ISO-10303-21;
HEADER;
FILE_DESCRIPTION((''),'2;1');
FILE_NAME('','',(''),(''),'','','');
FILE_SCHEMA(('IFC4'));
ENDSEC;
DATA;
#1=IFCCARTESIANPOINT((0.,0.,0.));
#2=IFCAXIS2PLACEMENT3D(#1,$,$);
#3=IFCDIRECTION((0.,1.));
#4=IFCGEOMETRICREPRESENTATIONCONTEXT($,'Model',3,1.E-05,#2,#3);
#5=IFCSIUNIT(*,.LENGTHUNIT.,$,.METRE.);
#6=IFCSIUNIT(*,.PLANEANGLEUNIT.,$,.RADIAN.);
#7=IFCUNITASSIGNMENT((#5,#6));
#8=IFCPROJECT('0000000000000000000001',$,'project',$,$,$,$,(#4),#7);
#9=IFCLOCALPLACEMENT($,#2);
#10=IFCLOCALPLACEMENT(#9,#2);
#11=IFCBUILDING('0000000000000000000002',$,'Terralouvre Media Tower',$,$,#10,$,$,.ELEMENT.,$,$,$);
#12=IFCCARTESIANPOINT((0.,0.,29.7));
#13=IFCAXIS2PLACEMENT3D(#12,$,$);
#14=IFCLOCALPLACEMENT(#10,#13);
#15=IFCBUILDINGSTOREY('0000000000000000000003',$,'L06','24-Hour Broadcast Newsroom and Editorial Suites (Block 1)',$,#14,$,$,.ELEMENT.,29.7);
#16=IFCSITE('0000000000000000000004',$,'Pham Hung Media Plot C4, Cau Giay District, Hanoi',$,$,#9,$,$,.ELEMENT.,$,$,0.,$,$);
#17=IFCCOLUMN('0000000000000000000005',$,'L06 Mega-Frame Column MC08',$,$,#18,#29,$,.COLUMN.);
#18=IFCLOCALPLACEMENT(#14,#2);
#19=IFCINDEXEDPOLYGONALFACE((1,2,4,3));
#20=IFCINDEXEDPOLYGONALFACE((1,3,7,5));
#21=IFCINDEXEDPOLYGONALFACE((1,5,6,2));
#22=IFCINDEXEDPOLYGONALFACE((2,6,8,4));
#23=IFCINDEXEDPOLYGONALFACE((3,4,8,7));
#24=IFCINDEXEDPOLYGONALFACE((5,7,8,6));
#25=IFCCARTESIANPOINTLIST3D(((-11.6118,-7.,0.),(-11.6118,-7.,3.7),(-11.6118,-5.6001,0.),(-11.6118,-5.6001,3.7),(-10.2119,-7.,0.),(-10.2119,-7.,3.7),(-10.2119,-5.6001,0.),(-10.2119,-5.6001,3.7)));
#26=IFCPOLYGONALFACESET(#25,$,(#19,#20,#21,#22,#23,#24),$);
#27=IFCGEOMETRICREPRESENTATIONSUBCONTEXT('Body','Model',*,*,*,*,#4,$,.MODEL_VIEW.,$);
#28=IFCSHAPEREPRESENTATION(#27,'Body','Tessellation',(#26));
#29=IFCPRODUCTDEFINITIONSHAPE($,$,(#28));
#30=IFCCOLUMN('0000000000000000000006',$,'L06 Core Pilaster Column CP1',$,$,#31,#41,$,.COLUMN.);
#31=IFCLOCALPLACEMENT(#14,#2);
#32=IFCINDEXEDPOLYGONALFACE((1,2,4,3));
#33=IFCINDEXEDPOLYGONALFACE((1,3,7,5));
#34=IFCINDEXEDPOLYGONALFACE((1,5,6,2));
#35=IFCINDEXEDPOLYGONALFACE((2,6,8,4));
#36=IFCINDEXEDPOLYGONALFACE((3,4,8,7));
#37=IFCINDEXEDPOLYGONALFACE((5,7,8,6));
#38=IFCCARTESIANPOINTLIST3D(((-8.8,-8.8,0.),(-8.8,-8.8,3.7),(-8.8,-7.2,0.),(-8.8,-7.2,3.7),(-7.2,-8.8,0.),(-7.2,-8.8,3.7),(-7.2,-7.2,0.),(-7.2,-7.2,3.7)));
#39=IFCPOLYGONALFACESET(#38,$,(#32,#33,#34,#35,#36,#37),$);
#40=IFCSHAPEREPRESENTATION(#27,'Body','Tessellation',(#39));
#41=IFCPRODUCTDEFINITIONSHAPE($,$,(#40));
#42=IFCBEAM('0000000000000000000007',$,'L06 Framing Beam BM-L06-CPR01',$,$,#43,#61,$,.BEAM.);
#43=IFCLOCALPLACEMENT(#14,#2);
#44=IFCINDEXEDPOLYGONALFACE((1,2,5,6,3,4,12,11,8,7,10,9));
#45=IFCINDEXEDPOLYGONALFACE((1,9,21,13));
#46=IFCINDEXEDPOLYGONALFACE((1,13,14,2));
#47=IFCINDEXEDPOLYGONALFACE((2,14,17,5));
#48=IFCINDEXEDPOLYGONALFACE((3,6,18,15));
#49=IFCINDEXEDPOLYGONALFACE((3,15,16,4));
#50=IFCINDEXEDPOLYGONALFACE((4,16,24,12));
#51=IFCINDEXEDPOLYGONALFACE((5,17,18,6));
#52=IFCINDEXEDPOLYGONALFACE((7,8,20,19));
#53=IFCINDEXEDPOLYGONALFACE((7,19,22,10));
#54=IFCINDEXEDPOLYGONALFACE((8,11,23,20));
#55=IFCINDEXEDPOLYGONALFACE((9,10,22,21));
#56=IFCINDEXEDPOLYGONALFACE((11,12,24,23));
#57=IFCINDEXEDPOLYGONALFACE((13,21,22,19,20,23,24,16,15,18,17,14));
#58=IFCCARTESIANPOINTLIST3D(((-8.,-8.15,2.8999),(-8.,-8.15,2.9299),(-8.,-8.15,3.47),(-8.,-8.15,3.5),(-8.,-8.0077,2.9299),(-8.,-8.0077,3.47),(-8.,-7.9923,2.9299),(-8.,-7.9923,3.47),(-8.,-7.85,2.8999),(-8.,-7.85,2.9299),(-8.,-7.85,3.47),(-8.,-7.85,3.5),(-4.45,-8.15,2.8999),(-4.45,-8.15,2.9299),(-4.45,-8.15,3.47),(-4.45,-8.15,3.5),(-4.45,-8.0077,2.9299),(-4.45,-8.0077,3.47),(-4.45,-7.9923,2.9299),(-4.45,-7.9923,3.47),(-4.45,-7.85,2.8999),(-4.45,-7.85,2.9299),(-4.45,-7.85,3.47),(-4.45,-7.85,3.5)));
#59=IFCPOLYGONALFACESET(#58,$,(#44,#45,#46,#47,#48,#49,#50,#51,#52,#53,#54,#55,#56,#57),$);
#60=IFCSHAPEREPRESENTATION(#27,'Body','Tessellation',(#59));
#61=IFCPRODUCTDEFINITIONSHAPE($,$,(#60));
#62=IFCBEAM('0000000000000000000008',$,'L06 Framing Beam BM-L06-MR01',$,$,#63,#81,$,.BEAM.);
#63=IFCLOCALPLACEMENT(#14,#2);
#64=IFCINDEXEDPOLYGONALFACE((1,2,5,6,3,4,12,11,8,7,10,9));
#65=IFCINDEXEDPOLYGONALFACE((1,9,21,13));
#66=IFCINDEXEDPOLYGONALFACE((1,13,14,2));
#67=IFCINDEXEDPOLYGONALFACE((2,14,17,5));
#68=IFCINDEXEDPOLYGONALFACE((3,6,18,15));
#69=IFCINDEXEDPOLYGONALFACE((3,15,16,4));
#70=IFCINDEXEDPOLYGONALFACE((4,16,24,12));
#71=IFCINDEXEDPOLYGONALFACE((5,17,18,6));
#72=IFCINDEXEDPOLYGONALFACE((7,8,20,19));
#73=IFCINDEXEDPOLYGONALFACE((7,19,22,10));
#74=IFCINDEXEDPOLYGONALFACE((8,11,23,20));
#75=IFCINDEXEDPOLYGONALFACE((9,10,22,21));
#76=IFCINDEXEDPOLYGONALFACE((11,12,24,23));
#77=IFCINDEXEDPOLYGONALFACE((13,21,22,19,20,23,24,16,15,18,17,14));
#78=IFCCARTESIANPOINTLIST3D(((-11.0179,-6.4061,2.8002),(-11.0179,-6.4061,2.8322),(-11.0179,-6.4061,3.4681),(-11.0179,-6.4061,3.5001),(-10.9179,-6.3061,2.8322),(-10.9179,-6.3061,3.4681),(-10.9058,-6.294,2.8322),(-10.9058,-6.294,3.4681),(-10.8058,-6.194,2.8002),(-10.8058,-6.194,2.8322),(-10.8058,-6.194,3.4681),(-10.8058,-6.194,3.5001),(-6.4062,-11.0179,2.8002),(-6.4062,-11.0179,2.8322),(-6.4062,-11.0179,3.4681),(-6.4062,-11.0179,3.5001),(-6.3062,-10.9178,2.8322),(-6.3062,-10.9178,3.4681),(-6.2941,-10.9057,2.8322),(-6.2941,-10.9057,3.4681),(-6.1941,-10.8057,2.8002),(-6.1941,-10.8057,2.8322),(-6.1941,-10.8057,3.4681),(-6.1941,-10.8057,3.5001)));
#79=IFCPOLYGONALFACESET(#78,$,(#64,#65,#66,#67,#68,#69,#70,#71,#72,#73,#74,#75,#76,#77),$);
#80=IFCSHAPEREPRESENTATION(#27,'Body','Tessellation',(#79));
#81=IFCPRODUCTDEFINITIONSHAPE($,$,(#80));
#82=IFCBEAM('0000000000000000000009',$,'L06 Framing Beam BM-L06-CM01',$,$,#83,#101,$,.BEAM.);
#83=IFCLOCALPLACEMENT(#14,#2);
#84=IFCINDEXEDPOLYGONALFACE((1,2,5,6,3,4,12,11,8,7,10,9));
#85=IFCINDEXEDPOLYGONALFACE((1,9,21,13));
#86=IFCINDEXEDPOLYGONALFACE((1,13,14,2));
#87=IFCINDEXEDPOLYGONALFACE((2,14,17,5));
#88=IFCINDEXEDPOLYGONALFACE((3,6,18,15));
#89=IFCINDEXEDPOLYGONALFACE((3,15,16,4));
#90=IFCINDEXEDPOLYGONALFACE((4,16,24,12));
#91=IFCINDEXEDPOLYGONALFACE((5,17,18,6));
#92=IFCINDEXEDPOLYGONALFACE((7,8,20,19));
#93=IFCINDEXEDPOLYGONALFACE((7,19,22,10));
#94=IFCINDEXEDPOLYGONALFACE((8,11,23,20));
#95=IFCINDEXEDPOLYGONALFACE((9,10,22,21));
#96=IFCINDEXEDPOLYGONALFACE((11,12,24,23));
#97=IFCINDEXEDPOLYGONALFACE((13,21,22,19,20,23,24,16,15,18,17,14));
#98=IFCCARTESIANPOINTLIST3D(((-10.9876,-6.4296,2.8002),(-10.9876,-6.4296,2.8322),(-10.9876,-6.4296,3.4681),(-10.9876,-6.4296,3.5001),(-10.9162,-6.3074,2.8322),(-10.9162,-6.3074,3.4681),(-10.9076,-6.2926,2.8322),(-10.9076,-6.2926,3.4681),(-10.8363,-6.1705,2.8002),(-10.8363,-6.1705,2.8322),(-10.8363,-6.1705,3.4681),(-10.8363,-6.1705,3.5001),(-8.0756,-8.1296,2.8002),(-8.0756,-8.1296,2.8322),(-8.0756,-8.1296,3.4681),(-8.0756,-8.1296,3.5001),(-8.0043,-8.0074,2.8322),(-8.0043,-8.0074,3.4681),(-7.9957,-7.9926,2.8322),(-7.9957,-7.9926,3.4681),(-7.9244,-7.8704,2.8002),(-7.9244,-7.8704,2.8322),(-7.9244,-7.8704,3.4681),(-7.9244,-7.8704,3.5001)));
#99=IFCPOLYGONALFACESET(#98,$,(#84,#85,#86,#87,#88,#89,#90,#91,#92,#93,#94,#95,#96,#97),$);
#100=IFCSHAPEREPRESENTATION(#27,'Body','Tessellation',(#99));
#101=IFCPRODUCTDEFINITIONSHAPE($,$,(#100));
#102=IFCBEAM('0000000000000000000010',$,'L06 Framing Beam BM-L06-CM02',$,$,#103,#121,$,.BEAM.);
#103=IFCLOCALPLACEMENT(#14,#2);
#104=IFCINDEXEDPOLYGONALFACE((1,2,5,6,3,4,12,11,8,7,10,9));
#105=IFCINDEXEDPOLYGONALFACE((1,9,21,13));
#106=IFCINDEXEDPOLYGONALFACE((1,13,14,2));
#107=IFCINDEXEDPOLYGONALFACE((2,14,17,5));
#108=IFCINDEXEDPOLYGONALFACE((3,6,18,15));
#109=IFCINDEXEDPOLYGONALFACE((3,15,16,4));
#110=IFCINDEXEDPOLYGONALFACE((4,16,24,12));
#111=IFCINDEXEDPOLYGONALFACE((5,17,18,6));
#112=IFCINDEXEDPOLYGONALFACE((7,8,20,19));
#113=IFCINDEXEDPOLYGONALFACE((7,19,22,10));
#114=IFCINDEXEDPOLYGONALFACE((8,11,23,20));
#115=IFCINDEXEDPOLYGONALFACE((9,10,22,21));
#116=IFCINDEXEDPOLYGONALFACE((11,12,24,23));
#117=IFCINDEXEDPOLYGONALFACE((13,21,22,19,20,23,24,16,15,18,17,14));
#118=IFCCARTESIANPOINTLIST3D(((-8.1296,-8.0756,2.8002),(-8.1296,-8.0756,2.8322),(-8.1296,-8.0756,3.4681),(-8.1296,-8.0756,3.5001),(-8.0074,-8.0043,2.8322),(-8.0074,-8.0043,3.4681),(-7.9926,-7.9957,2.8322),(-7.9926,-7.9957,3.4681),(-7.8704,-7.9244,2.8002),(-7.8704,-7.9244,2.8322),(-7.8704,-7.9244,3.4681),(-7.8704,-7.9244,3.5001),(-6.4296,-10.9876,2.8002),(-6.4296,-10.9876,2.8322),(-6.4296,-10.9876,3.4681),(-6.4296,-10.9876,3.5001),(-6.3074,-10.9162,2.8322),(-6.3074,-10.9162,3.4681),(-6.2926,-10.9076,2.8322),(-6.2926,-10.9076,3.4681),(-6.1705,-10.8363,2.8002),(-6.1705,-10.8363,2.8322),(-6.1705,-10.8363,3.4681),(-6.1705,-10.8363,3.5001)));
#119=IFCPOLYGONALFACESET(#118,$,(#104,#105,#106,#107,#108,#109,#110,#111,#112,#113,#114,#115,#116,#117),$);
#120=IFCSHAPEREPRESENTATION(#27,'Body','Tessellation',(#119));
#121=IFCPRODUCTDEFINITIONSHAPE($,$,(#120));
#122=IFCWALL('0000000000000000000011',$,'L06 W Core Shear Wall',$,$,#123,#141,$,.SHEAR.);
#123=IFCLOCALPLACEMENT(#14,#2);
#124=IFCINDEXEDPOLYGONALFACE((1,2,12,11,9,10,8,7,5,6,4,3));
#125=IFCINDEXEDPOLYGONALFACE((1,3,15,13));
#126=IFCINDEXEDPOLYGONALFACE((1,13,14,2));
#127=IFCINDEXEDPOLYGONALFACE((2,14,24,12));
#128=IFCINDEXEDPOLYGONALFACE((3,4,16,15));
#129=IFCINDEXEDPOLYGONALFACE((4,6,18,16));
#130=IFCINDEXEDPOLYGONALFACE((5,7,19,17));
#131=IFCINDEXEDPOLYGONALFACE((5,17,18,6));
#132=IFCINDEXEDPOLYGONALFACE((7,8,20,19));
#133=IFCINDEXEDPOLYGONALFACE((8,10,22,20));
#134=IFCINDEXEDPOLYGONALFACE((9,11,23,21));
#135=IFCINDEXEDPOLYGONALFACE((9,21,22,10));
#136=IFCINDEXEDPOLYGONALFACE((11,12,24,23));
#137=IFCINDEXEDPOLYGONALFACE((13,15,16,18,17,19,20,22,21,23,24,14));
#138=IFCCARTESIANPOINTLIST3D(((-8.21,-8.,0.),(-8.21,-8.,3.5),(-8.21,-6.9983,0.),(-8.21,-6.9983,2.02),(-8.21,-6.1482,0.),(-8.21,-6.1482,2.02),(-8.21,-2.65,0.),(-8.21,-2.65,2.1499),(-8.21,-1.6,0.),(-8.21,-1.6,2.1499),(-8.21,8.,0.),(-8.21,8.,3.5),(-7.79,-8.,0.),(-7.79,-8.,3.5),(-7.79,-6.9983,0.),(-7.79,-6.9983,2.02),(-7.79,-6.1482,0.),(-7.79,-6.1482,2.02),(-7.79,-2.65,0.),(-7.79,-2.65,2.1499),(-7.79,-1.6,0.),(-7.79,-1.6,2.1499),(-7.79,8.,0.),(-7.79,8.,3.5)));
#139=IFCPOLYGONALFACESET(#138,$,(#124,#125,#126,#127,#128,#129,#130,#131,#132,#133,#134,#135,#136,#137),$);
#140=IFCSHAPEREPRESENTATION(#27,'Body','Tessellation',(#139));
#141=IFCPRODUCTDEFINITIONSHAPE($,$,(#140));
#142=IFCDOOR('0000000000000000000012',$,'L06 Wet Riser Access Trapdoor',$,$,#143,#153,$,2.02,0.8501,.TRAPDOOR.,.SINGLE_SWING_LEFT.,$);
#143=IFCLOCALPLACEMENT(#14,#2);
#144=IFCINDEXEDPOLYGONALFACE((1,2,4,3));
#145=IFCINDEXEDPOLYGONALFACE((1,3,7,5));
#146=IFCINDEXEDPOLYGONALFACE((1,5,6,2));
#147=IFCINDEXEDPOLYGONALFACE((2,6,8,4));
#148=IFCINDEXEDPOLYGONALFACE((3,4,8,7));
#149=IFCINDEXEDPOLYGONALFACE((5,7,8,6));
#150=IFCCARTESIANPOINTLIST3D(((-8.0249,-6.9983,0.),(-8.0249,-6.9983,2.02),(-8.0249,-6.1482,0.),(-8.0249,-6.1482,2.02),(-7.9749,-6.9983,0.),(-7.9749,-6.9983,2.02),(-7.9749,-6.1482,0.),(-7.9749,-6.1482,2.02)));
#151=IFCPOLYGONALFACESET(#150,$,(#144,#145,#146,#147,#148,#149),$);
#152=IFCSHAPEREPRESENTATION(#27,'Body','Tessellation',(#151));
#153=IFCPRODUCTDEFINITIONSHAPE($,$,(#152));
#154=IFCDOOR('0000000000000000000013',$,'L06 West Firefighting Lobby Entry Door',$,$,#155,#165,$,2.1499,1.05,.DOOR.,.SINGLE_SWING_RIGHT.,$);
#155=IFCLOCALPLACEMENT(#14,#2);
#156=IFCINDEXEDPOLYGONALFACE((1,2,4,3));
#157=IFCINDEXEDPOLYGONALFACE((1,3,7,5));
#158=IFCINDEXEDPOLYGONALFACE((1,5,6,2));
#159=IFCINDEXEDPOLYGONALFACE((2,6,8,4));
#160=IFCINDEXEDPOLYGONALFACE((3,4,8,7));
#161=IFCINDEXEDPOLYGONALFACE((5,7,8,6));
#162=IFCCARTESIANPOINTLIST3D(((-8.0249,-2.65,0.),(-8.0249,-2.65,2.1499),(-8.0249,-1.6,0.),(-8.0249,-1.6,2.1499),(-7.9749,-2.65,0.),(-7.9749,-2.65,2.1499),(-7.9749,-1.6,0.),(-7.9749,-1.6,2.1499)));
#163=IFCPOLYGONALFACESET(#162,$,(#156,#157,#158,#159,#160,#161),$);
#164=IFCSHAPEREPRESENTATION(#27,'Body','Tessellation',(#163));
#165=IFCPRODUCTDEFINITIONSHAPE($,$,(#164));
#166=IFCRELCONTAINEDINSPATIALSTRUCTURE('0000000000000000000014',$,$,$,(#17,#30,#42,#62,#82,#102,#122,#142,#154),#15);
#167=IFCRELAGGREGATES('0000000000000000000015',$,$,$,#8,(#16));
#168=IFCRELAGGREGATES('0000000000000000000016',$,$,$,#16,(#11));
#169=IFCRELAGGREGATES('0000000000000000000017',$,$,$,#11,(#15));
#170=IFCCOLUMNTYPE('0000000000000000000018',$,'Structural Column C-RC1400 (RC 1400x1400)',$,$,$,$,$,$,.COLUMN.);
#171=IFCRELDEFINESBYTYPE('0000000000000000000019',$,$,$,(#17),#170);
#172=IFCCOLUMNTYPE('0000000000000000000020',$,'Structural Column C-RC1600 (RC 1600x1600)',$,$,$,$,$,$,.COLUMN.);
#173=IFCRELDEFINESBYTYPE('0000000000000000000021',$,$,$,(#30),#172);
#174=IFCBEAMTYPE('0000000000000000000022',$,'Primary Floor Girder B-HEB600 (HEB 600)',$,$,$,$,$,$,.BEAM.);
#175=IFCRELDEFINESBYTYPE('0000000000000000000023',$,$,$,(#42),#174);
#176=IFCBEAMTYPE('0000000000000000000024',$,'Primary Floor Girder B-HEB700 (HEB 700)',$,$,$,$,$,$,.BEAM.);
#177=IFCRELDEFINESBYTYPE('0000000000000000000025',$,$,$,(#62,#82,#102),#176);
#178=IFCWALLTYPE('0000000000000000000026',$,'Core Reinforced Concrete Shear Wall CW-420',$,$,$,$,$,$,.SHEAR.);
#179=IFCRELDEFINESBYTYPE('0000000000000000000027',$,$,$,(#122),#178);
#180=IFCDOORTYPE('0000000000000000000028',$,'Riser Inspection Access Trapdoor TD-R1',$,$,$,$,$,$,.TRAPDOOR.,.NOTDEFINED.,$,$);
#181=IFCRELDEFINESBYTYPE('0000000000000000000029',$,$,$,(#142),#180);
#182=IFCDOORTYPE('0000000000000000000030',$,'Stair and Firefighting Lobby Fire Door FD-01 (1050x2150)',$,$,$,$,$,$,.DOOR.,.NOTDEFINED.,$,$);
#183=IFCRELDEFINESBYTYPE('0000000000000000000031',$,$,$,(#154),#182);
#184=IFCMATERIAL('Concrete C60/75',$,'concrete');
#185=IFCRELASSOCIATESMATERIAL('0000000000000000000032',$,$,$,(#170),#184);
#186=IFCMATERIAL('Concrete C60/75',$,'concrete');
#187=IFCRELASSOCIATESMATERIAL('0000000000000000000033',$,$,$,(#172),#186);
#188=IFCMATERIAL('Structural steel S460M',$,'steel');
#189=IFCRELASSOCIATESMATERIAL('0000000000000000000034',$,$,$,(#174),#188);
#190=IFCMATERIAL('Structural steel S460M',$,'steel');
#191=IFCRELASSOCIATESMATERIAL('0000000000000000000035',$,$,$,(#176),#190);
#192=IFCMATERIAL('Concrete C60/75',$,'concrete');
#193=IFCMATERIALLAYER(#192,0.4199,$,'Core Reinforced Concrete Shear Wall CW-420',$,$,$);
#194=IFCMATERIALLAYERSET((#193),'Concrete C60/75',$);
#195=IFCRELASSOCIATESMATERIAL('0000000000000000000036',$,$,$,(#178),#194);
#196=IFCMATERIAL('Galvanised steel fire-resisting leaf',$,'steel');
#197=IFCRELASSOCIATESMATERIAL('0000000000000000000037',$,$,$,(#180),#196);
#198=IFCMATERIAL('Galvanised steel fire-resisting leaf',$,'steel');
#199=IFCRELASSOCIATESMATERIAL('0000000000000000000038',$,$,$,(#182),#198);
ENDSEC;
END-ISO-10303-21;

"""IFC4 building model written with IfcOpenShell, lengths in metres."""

from ifc_helpers import new_model, si_unit, direction, frame, frame_2d, origin, origin_2d, place, context, subcontext, project, spatial, rectangle, i_section, extrude, material, layer, layer_set, material_profile, profile_set, type_object, element, fill, save


model = new_model("IFC4")

# Units and contexts
model_context = context("Model", 3, precision=1e-05, world=origin(), true_north=direction((0.0, 1.0)))
body_context = subcontext(model_context, "Body", "Model", "MODEL_VIEW")
ifc_project = project(units=[si_unit("LENGTHUNIT", "METRE"), si_unit("PLANEANGLEUNIT", "RADIAN")], contexts=[model_context])

# Site, building, storey
site_placement = place(None, origin())
site = spatial("IfcSite", under=ifc_project, at=site_placement, Name="Pham Hung Media Plot C4, Cau Giay District, Hanoi", CompositionType="ELEMENT", RefElevation=0.0)
building_placement = place(site_placement, origin())
building = spatial("IfcBuilding", under=site, at=building_placement, Name="Terralouvre Media Tower", CompositionType="ELEMENT")
storey_placement = place(building_placement, frame((0.0, 0.0, 29.7)))
storey = spatial("IfcBuildingStorey", under=building, at=storey_placement, Name="L06", Description="24-Hour Broadcast Newsroom and Editorial Suites (Block 1)", CompositionType="ELEMENT", Elevation=29.7)

# Columns
ifc_material_1 = material(Name="Concrete C60/75", Category="concrete")
ifc_material_profile_1 = material_profile(ifc_material_1, rectangle(XDim=1.3999, YDim=1.3999, at=origin_2d()), Name="RC 1400x1400")
ifc_profile_set_1 = profile_set([ifc_material_profile_1], Name="Concrete C60/75")
column_type_1 = type_object("IfcColumnType", Name="Structural Column C-RC1400 (RC 1400x1400)", PredefinedType="COLUMN", material=ifc_profile_set_1)
column_1_placement = place(storey_placement, frame((-10.9119, -6.3, 0.0), z_axis=(0.0, 0.0, 1.0), x_axis=(1.0, 0.0, 0.0)))
element("IfcColumn", 1, at=column_1_placement, inside=storey, type_object=column_type_1, Name="L06 Mega-Frame Column MC08", PredefinedType="COLUMN", context=body_context, shape_type="SweptSolid", body=[
    extrude(rectangle(XDim=1.3999, YDim=1.3999, at=origin_2d()), origin(), (0.0, 0.0, 1.0), 3.7),
])
ifc_material_2 = material(Name="Concrete C60/75", Category="concrete")
ifc_material_profile_2 = material_profile(ifc_material_2, rectangle(XDim=1.6001, YDim=1.6001, at=origin_2d()), Name="RC 1600x1600")
ifc_profile_set_2 = profile_set([ifc_material_profile_2], Name="Concrete C60/75")
column_type_2 = type_object("IfcColumnType", Name="Structural Column C-RC1600 (RC 1600x1600)", PredefinedType="COLUMN", material=ifc_profile_set_2)
column_2_placement = place(storey_placement, frame((-8.0, -8.0, 0.0), z_axis=(0.0, 0.0, 1.0), x_axis=(1.0, 0.0, 0.0)))
element("IfcColumn", 2, at=column_2_placement, inside=storey, type_object=column_type_2, Name="L06 Core Pilaster Column CP1", PredefinedType="COLUMN", context=body_context, shape_type="SweptSolid", body=[
    extrude(rectangle(XDim=1.6001, YDim=1.6001, at=origin_2d()), origin(), (0.0, 0.0, 1.0), 3.7),
])

# Beams
ifc_material_3 = material(Name="Structural steel S460M", Category="steel")
ifc_material_profile_3 = material_profile(ifc_material_3, i_section(OverallWidth=0.3, OverallDepth=0.6001, WebThickness=0.0154, FlangeThickness=0.03, at=origin_2d()), Name="HEB 600")
ifc_profile_set_3 = profile_set([ifc_material_profile_3], Name="Structural steel S460M")
beam_type_1 = type_object("IfcBeamType", Name="Primary Floor Girder B-HEB600 (HEB 600)", PredefinedType="BEAM", material=ifc_profile_set_3)
beam_1_placement = place(storey_placement, frame((-8.0, -8.0, 3.2), z_axis=(1.0, 0.0, 0.0), x_axis=(0.0, 1.0, 0.0)))
element("IfcBeam", 3, at=beam_1_placement, inside=storey, type_object=beam_type_1, Name="L06 Framing Beam BM-L06-CPR01", PredefinedType="BEAM", context=body_context, shape_type="SweptSolid", body=[
    extrude(i_section(OverallWidth=0.3, OverallDepth=0.6001, WebThickness=0.0154, FlangeThickness=0.03, at=origin_2d()), origin(), (0.0, 0.0, 1.0), 3.55),
])
ifc_material_4 = material(Name="Structural steel S460M", Category="steel")
ifc_material_profile_4 = material_profile(ifc_material_4, i_section(OverallWidth=0.3, OverallDepth=0.7, WebThickness=0.0171, FlangeThickness=0.032, at=origin_2d()), Name="HEB 700")
ifc_profile_set_4 = profile_set([ifc_material_profile_4], Name="Structural steel S460M")
beam_type_2 = type_object("IfcBeamType", Name="Primary Floor Girder B-HEB700 (HEB 700)", PredefinedType="BEAM", material=ifc_profile_set_4)
beam_2_placement = place(storey_placement, frame((-10.9119, -6.3, 3.1501), z_axis=(0.707107, -0.707107, 0.0), x_axis=(0.707107, 0.707107, 0.0)))
element("IfcBeam", 4, at=beam_2_placement, inside=storey, type_object=beam_type_2, Name="L06 Framing Beam BM-L06-MR01", PredefinedType="BEAM", context=body_context, shape_type="SweptSolid", body=[
    extrude(i_section(OverallWidth=0.3, OverallDepth=0.7, WebThickness=0.0171, FlangeThickness=0.032, at=origin_2d()), origin(), (0.0, 0.0, 1.0), 6.522),
])
for number, where, z_axis, x_axis, name in (
    (5, (-8.0, -8.0, 3.1501), (-0.863603, 0.504173, 0.0), (-0.504173, -0.863603, 0.0), "L06 Framing Beam BM-L06-CM01"),
    (6, (-8.0, -8.0, 3.1501), (0.504173, -0.863603, 0.0), (0.863603, 0.504173, 0.0), "L06 Framing Beam BM-L06-CM02"),
):
    element("IfcBeam", number, at=place(storey_placement, frame(where, z_axis=z_axis, x_axis=x_axis)), inside=storey, type_object=beam_type_2, Name=name, PredefinedType="BEAM", context=body_context, shape_type="SweptSolid", body=[
        extrude(i_section(OverallWidth=0.3, OverallDepth=0.7, WebThickness=0.0171, FlangeThickness=0.032, at=origin_2d()), origin(), (0.0, 0.0, 1.0), 3.3718),
    ])

# Wall, openings, doors
ifc_material_5 = material(Name="Concrete C60/75", Category="concrete")
ifc_layer_1 = layer(ifc_material_5, 0.4199, Name="Core Reinforced Concrete Shear Wall CW-420")
ifc_layer_set_1 = layer_set([ifc_layer_1], Name="Concrete C60/75")
wall_type_1 = type_object("IfcWallType", Name="Core Reinforced Concrete Shear Wall CW-420", PredefinedType="SHEAR", material=ifc_layer_set_1)
wall_1_placement = place(storey_placement, frame((-8.0, -8.0, 0.0), z_axis=(0.0, 0.0, 1.0), x_axis=(0.0, 1.0, 0.0)))
wall_1 = element("IfcWall", 7, at=wall_1_placement, inside=storey, type_object=wall_type_1, Name="L06 W Core Shear Wall", PredefinedType="SHEAR", context=body_context, shape_type="SweptSolid", body=[
    extrude(rectangle(XDim=16.0, YDim=0.4199, at=frame_2d((8.0, 0.0))), origin(), (0.0, 0.0, 1.0), 3.5),
])
opening_1_placement = place(wall_1_placement, frame((1.0017, 0.0, 0.0)))
opening_1 = element("IfcOpeningElement", 8, at=opening_1_placement, cuts=wall_1, PredefinedType="OPENING", context=body_context, shape_type="SweptSolid", body=[
    extrude(rectangle(XDim=0.8501, YDim=2.02, at=frame_2d((0.425, 1.01))), frame((0.0, 0.22, 0.0), z_axis=(0.0, -1.0, 0.0), x_axis=(1.0, 0.0, 0.0)), (0.0, 0.0, 1.0), 0.4399),
])
opening_2_placement = place(wall_1_placement, frame((5.3501, 0.0, 0.0)))
opening_2 = element("IfcOpeningElement", 9, at=opening_2_placement, cuts=wall_1, PredefinedType="OPENING", context=body_context, shape_type="SweptSolid", body=[
    extrude(rectangle(XDim=1.05, YDim=2.1499, at=frame_2d((0.5249, 1.075))), frame((0.0, 0.22, 0.0), z_axis=(0.0, -1.0, 0.0), x_axis=(1.0, 0.0, 0.0)), (0.0, 0.0, 1.0), 0.4399),
])
ifc_material_6 = material(Name="Galvanised steel fire-resisting leaf", Category="steel")
door_type_1 = type_object("IfcDoorType", Name="Riser Inspection Access Trapdoor TD-R1", OperationType="NOTDEFINED", PredefinedType="TRAPDOOR", material=ifc_material_6)
door_1_placement = place(opening_1_placement, origin())
door_1 = element("IfcDoor", 10, at=door_1_placement, inside=storey, type_object=door_type_1, Name="L06 Wet Riser Access Trapdoor", OperationType="SINGLE_SWING_LEFT", OverallHeight=2.02, OverallWidth=0.8501, PredefinedType="TRAPDOOR", context=body_context, shape_type="SweptSolid", body=[
    extrude(rectangle(XDim=0.8501, YDim=2.02, at=frame_2d((0.425, 1.01))), frame((0.0, 0.0249, 0.0), z_axis=(0.0, -1.0, 0.0), x_axis=(1.0, 0.0, 0.0)), (0.0, 0.0, 1.0), 0.05),
])
fill(opening_1, door_1)
ifc_material_7 = material(Name="Galvanised steel fire-resisting leaf", Category="steel")
door_type_2 = type_object("IfcDoorType", Name="Stair and Firefighting Lobby Fire Door FD-01 (1050x2150)", OperationType="NOTDEFINED", PredefinedType="DOOR", material=ifc_material_7)
door_2_placement = place(opening_2_placement, origin())
door_2 = element("IfcDoor", 11, at=door_2_placement, inside=storey, type_object=door_type_2, Name="L06 West Firefighting Lobby Entry Door", OperationType="SINGLE_SWING_RIGHT", OverallHeight=2.1499, OverallWidth=1.05, PredefinedType="DOOR", context=body_context, shape_type="SweptSolid", body=[
    extrude(rectangle(XDim=1.05, YDim=2.1499, at=frame_2d((0.5249, 1.075))), frame((0.0, 0.0249, 0.0), z_axis=(0.0, -1.0, 0.0), x_axis=(1.0, 0.0, 0.0)), (0.0, 0.0, 1.0), 0.05),
])
fill(opening_2, door_2)

save(model, "model.ifc")
